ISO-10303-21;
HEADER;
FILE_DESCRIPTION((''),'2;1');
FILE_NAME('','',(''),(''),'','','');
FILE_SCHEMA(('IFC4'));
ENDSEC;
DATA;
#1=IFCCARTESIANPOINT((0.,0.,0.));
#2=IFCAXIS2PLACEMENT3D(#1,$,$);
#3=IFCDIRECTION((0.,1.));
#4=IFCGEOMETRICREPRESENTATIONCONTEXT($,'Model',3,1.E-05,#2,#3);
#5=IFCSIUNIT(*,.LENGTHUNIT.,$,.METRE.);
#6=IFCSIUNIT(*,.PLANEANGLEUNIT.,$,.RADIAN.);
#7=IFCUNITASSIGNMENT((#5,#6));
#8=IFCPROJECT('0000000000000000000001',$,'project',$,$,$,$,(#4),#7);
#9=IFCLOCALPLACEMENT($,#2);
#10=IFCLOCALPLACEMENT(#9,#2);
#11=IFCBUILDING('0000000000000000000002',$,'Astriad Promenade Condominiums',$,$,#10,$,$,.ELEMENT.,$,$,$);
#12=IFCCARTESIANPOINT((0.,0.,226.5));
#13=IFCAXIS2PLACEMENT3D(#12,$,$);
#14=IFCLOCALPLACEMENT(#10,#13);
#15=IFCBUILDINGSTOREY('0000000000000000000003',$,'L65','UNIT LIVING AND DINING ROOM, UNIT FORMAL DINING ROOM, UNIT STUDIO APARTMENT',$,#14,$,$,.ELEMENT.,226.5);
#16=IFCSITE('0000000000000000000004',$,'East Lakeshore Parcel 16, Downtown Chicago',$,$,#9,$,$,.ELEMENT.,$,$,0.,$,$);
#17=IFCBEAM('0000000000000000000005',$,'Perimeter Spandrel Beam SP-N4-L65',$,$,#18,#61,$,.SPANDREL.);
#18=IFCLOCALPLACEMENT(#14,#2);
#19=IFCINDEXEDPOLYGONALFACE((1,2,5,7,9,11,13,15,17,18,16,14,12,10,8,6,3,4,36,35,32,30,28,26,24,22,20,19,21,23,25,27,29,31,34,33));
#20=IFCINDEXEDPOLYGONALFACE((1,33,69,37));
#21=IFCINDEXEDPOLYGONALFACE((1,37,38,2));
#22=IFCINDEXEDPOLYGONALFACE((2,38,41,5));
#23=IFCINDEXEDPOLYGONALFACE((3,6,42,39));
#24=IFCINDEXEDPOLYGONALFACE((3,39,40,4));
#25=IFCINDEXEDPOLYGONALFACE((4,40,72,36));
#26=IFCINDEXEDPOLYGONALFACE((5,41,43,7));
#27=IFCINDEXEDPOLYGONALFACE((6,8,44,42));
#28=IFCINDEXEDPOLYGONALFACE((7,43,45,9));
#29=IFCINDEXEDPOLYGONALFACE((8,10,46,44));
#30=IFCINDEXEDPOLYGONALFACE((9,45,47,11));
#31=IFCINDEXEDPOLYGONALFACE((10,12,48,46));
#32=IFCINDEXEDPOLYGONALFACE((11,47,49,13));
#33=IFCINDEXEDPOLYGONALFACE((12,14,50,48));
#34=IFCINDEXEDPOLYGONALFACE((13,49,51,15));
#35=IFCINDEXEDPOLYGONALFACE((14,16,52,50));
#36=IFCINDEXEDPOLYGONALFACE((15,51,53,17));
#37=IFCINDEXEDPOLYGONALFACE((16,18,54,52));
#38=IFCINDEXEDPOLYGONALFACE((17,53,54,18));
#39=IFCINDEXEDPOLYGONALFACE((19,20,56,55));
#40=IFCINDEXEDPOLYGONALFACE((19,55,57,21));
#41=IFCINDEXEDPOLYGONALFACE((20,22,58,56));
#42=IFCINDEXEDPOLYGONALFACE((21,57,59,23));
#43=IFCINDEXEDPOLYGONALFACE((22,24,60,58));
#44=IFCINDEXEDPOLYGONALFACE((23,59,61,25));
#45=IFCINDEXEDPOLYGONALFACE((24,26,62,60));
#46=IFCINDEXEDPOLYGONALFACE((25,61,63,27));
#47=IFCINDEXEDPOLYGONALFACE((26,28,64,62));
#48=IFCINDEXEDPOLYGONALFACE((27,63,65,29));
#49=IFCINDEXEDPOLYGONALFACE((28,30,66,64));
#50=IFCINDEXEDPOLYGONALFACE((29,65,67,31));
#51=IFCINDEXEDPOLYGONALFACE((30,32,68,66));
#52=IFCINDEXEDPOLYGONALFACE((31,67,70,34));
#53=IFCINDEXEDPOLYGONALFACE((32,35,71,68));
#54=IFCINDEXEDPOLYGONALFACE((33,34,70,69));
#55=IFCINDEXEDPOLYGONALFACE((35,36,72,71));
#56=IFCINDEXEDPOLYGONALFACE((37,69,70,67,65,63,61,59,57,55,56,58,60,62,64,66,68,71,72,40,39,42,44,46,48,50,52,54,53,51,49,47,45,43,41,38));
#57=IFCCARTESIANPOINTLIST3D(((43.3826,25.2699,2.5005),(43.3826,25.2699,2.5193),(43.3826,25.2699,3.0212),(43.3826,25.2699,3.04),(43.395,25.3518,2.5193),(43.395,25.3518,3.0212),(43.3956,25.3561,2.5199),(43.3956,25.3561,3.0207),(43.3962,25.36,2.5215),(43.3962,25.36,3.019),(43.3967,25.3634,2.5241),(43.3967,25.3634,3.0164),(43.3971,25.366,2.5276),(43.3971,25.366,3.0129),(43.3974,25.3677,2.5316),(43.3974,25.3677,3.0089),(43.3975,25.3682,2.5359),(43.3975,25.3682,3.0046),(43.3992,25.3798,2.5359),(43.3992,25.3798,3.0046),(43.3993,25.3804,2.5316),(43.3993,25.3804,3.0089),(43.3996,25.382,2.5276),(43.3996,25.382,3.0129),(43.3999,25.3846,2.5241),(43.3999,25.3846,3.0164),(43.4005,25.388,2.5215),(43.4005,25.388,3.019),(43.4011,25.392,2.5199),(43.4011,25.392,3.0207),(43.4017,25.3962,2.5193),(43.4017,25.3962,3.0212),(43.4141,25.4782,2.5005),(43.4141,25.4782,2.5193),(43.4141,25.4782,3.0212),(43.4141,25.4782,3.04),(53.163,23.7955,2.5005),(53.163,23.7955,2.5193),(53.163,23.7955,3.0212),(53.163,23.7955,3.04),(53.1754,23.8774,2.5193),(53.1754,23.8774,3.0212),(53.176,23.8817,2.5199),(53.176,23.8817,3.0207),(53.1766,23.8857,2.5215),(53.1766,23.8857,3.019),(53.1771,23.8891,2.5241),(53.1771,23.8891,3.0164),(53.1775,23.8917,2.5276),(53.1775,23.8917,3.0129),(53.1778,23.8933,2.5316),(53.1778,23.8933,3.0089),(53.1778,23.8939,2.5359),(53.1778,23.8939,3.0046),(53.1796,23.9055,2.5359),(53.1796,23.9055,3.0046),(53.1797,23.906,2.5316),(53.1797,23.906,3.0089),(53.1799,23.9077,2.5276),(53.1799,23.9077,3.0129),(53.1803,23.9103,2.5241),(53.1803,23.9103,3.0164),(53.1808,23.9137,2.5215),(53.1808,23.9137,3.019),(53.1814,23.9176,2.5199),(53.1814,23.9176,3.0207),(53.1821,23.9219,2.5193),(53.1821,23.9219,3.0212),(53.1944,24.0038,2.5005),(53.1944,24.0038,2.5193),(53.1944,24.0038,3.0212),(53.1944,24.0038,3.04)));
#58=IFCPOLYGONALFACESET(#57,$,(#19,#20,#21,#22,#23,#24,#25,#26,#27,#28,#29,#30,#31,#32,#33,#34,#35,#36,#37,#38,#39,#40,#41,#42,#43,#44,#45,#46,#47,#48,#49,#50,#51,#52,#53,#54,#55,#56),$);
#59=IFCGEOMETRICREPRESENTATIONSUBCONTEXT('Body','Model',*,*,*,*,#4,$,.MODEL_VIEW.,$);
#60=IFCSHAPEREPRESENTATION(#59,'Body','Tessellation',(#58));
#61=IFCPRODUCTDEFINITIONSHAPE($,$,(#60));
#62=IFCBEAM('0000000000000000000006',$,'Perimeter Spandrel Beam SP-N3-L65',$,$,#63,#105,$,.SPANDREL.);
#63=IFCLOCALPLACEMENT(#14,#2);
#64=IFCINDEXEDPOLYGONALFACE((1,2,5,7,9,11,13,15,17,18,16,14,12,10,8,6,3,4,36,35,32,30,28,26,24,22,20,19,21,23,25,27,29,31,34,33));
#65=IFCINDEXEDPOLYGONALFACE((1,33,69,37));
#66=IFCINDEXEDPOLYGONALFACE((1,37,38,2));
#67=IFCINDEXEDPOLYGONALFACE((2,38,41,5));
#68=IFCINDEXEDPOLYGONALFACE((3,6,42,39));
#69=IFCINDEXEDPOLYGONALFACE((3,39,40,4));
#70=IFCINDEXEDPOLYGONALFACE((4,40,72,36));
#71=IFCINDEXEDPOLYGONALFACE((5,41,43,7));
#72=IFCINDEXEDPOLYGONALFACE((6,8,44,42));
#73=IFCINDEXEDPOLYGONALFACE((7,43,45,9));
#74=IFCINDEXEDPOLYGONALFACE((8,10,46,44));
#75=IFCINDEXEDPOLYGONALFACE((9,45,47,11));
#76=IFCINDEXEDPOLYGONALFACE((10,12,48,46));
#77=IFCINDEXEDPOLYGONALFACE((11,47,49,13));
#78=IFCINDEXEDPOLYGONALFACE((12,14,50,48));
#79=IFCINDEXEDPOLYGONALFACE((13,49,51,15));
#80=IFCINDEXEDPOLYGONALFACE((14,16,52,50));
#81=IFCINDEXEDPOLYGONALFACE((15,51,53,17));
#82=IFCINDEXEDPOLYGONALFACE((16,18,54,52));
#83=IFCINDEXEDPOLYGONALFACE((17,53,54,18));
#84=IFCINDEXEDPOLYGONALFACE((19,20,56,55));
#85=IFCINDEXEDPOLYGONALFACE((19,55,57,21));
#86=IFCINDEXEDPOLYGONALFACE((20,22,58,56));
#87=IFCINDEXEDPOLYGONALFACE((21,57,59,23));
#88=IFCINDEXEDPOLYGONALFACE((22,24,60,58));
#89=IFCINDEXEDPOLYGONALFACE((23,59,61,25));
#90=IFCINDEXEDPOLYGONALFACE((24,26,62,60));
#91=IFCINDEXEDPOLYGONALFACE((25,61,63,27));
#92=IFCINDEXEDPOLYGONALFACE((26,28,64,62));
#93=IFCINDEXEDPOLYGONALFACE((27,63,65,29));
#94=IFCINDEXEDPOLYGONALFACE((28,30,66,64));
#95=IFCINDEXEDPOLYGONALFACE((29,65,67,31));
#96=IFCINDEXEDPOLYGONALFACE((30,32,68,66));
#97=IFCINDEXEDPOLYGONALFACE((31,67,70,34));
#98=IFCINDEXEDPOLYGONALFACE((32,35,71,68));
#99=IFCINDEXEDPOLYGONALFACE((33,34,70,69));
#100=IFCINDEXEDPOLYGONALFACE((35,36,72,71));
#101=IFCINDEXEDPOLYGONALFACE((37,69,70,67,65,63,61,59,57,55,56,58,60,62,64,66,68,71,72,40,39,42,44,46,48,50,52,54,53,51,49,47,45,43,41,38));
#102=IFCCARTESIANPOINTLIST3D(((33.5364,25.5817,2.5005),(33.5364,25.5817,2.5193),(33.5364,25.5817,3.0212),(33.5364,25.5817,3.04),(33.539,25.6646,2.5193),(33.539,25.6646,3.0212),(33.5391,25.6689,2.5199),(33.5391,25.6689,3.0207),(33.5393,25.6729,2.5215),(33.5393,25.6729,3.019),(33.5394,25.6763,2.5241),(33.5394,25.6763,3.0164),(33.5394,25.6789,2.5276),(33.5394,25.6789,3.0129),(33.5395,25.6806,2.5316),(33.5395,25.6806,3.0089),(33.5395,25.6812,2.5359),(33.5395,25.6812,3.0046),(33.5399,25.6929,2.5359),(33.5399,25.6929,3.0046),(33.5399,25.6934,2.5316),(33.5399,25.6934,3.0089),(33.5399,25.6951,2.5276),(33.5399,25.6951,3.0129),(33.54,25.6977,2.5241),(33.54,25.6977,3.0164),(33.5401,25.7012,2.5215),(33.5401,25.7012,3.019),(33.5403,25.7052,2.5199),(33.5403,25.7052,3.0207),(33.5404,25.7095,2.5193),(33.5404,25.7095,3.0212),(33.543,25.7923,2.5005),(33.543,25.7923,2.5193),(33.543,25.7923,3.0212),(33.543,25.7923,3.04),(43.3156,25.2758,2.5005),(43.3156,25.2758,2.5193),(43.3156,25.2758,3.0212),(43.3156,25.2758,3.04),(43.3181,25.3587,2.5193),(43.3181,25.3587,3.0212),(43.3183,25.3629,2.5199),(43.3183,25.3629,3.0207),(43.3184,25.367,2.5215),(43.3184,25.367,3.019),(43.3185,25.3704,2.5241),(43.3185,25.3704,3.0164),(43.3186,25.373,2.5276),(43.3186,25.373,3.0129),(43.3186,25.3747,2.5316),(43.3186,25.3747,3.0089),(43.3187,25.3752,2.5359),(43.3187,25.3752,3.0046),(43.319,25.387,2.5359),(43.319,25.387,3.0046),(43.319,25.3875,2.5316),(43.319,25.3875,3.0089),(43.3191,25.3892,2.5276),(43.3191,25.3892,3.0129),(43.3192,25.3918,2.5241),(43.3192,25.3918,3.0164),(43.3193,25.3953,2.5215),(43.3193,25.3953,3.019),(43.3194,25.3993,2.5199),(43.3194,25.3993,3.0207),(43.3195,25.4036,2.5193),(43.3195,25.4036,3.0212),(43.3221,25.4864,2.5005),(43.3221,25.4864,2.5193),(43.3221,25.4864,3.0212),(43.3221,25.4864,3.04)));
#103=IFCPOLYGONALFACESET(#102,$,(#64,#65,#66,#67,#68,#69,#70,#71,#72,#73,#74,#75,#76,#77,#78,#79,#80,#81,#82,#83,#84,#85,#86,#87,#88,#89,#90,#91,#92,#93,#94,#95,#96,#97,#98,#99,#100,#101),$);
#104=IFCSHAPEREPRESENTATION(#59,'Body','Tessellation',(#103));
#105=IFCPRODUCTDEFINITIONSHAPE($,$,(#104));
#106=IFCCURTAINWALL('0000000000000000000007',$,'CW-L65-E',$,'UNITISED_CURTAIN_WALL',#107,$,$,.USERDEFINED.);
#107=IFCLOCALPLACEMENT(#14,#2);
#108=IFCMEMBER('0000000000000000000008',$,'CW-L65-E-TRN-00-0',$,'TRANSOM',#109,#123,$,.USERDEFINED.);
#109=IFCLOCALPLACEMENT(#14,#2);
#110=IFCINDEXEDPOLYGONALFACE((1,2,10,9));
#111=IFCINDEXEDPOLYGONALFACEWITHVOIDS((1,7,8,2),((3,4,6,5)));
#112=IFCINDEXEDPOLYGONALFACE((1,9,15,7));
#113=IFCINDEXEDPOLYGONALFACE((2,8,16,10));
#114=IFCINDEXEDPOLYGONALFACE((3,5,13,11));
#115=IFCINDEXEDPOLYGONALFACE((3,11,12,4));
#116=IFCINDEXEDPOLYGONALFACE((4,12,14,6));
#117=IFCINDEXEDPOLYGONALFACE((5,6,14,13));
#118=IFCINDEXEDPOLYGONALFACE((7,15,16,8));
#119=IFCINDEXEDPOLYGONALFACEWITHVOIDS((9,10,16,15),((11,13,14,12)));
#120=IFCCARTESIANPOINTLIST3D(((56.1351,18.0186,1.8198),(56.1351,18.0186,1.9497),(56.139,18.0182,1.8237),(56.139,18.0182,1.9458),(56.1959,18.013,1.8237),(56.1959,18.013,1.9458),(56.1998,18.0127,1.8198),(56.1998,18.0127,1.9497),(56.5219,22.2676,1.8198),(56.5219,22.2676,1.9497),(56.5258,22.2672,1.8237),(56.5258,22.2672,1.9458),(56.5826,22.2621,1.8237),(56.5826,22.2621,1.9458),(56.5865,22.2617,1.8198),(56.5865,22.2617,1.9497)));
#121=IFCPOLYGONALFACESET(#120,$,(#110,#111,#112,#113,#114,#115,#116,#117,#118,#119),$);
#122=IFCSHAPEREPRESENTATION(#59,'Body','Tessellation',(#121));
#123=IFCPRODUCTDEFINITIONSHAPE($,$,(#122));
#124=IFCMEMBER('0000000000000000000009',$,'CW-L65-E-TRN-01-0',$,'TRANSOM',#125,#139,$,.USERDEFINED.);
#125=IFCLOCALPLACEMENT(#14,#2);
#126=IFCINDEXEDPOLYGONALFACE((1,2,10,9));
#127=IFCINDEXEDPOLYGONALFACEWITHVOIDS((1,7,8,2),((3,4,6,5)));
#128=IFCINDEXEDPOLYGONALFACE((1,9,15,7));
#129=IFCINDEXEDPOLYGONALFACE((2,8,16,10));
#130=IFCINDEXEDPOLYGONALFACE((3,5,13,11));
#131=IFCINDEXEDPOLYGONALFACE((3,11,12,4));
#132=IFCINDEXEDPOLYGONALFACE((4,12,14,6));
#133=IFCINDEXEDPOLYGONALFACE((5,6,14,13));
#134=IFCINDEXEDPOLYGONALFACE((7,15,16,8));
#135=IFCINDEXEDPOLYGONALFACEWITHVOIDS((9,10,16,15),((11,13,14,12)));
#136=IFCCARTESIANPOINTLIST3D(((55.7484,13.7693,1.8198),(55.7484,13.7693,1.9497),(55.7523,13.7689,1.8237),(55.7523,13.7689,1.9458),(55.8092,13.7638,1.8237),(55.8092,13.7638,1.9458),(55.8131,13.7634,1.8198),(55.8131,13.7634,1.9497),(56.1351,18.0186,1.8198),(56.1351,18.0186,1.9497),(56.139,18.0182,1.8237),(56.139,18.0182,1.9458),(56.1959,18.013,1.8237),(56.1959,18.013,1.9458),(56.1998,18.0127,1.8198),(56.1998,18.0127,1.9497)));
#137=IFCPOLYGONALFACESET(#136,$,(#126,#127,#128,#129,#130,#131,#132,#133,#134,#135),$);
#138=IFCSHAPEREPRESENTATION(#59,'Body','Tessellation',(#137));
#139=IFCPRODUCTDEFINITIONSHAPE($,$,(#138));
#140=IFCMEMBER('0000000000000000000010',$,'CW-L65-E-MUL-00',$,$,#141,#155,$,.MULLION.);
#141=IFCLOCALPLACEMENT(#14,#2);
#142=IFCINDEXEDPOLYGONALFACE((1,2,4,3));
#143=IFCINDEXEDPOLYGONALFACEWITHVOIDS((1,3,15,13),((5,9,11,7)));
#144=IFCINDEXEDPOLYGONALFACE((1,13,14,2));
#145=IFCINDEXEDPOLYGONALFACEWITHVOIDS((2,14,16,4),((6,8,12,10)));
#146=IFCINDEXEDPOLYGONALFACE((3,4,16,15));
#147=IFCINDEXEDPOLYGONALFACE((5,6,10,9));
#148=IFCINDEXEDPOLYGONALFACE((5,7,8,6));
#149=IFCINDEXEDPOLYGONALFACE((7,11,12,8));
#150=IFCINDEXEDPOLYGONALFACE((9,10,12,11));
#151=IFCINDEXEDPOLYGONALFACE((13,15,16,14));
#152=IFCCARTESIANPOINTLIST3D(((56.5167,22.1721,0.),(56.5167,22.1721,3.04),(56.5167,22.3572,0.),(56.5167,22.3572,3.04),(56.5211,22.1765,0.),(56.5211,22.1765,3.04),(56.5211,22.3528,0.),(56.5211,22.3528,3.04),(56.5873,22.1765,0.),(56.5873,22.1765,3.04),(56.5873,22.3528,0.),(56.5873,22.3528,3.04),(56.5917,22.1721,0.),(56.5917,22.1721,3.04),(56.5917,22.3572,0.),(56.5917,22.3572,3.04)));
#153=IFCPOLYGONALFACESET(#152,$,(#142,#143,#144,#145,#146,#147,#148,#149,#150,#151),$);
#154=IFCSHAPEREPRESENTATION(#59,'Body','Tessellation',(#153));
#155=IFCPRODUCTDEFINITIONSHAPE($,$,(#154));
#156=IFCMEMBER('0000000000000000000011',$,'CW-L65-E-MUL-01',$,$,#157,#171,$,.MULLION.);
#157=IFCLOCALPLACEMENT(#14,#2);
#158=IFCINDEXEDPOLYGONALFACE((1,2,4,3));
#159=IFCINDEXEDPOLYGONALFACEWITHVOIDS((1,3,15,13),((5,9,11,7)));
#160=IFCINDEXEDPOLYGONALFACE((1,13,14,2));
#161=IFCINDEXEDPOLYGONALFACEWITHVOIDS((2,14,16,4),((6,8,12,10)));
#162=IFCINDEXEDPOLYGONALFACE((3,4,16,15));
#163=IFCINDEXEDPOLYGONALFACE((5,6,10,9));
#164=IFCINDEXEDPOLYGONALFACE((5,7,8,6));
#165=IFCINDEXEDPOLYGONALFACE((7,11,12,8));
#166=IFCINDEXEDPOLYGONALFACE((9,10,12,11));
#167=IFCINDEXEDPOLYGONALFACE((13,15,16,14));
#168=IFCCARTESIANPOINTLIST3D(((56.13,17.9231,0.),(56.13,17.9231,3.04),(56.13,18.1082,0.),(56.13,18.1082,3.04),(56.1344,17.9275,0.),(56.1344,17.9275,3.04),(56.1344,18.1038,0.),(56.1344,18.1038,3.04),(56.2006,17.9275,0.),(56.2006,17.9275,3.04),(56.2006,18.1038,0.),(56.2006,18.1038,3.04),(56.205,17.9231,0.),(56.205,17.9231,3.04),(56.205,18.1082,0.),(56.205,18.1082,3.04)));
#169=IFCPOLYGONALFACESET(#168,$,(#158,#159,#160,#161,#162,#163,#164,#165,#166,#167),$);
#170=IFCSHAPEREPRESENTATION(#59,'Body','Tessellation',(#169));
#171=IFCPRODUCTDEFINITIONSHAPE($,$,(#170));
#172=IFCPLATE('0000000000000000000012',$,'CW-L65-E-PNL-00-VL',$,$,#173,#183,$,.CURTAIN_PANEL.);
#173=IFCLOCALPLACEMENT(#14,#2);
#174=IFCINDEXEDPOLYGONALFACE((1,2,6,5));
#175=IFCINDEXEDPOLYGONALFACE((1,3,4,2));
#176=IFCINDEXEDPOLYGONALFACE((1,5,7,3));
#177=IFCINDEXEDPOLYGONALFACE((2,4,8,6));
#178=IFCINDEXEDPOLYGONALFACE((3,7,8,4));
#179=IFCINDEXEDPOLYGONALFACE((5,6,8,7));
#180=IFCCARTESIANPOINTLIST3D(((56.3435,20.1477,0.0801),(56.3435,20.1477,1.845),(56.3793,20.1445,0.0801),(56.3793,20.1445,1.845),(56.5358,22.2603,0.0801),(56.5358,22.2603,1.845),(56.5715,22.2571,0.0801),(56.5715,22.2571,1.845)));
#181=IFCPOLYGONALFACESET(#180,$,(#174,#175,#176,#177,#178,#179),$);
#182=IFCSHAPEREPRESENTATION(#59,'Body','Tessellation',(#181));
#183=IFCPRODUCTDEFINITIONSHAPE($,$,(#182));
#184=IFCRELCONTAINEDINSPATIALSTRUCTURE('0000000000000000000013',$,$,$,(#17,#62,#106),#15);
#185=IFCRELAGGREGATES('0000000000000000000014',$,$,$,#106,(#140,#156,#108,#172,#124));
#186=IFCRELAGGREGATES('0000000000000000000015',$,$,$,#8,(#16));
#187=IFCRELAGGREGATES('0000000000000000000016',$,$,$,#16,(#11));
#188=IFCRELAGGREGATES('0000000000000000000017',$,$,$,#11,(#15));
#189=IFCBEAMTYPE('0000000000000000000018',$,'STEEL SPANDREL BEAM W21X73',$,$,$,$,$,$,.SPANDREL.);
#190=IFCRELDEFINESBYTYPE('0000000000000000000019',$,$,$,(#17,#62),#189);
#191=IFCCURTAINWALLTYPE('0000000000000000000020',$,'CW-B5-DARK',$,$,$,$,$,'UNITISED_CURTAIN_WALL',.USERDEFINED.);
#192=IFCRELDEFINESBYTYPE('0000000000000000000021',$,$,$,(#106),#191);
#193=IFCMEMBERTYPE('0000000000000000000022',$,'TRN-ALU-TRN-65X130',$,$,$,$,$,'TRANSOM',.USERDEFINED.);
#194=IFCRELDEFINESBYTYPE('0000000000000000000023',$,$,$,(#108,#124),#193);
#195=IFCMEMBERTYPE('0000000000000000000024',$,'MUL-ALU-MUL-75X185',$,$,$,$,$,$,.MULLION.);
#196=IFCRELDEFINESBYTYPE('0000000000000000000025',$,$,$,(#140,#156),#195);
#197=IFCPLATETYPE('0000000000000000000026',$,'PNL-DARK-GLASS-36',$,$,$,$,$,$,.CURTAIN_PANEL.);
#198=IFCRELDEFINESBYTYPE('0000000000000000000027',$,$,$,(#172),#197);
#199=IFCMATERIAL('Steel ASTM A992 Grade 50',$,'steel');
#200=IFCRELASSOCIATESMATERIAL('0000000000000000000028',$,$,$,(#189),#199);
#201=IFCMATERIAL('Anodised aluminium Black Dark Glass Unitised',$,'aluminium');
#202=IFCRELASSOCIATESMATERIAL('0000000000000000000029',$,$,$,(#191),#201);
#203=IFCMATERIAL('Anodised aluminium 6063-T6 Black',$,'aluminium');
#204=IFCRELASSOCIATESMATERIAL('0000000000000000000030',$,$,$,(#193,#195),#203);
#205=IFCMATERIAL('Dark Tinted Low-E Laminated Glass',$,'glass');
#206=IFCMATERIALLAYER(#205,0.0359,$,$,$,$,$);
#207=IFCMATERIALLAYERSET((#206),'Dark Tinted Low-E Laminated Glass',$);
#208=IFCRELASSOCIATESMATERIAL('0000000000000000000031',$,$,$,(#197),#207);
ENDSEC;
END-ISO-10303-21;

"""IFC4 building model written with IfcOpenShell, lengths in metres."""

from ifc_helpers import new_model, si_unit, direction, frame, origin, origin_2d, place, context, subcontext, project, spatial, rectangle, hollow_rectangle, i_section, extrude, source, transform, mapped, material, layer, layer_set, material_profile, profile_set, type_object, type_shapes, element, aggregate, save


model = new_model("IFC4")

# Units and contexts
model_context = context("Model", 3, precision=1e-05, world=origin(), true_north=direction((0.0, 1.0)))
body_context = subcontext(model_context, "Body", "Model", "MODEL_VIEW")
ifc_project = project(units=[si_unit("LENGTHUNIT", "METRE"), si_unit("PLANEANGLEUNIT", "RADIAN")], contexts=[model_context])

# Site, building, storey
site_placement = place(None, origin())
site = spatial("IfcSite", under=ifc_project, at=site_placement, Name="East Lakeshore Parcel 16, Downtown Chicago", CompositionType="ELEMENT", RefElevation=0.0)
building_placement = place(site_placement, origin())
building = spatial("IfcBuilding", under=site, at=building_placement, Name="Astriad Promenade Condominiums", CompositionType="ELEMENT")
storey_placement = place(building_placement, frame((0.0, 0.0, 226.5)))
storey = spatial("IfcBuildingStorey", under=building, at=storey_placement, Name="L65", Description="UNIT LIVING AND DINING ROOM, UNIT FORMAL DINING ROOM, UNIT STUDIO APARTMENT", CompositionType="ELEMENT", Elevation=226.5)

# Shared definitions
ifc_material_1 = material(Name="Steel ASTM A992 Grade 50", Category="steel")

# Beams
ifc_material_profile_1 = material_profile(ifc_material_1, i_section(OverallWidth=0.2107, OverallDepth=0.5396, WebThickness=0.0117, FlangeThickness=0.0188, FilletRadius=0.0166, at=origin_2d()), Name="W21X73")
ifc_profile_set_1 = profile_set([ifc_material_profile_1], Name="Steel ASTM A992 Grade 50")
beam_type_1 = type_object("IfcBeamType", Name="STEEL SPANDREL BEAM W21X73", PredefinedType="SPANDREL", material=ifc_profile_set_1)
shared_shape_1 = source(origin(), body_context, "Body", "SweptSolid", [
    extrude(i_section(OverallWidth=0.2107, OverallDepth=0.5396, WebThickness=0.0117, FlangeThickness=0.0188, FilletRadius=0.0166, at=origin_2d()), origin(), (0.0, 0.0, 1.0), 9.8909),
])
beam_1_placement = place(storey_placement, frame((53.1787, 23.8997, 2.7703), z_axis=(-0.988827, 0.149065, 0.0), x_axis=(-0.149065, -0.988827, 0.0)))
element("IfcBeam", 1, at=beam_1_placement, inside=storey, type_object=beam_type_1, Name="Perimeter Spandrel Beam SP-N4-L65", PredefinedType="SPANDREL", context=body_context, shape_type="MappedRepresentation", body=[
    mapped(shared_shape_1, transform((0.0, 0.0, 0.0), scale=1.0)),
])
shared_shape_2 = source(origin(), body_context, "Body", "SweptSolid", [
    extrude(i_section(OverallWidth=0.2107, OverallDepth=0.5396, WebThickness=0.0117, FlangeThickness=0.0188, FilletRadius=0.0166, at=origin_2d()), origin(), (0.0, 0.0, 1.0), 9.7839),
])
type_shapes(beam_type_1, [shared_shape_1, shared_shape_2])
beam_2_placement = place(storey_placement, frame((43.3188, 25.3811, 2.7703), z_axis=(-0.999511, 0.031267, 0.0), x_axis=(-0.031267, -0.999511, 0.0)))
element("IfcBeam", 2, at=beam_2_placement, inside=storey, type_object=beam_type_1, Name="Perimeter Spandrel Beam SP-N3-L65", PredefinedType="SPANDREL", context=body_context, shape_type="MappedRepresentation", body=[
    mapped(shared_shape_2, transform((0.0, 0.0, 0.0), scale=1.0)),
])

# Curtain wall, members, plate
ifc_material_2 = material(Name="Anodised aluminium Black Dark Glass Unitised", Category="aluminium")
curtain_wall_type = type_object("IfcCurtainWallType", Name="CW-B5-DARK", ElementType="UNITISED_CURTAIN_WALL", PredefinedType="USERDEFINED", material=ifc_material_2)
curtain_wall_placement = place(storey_placement, origin())
curtain_wall = element("IfcCurtainWall", 3, at=curtain_wall_placement, inside=storey, type_object=curtain_wall_type, Name="CW-L65-E", ObjectType="UNITISED_CURTAIN_WALL", PredefinedType="USERDEFINED")
ifc_material_3 = material(Name="Anodised aluminium 6063-T6 Black", Category="aluminium")
ifc_material_profile_2 = material_profile(ifc_material_3, hollow_rectangle(XDim=0.0649, YDim=0.1299, WallThickness=0.0039, at=origin_2d()), Name="ALU-TRN-65X130")
ifc_profile_set_2 = profile_set([ifc_material_profile_2], Name="Anodised aluminium 6063-T6 Black")
member_type_1 = type_object("IfcMemberType", Name="TRN-ALU-TRN-65X130", ElementType="TRANSOM", PredefinedType="USERDEFINED", material=ifc_profile_set_2)
shared_shape_3 = source(origin(), body_context, "Body", "SweptSolid", [
    extrude(hollow_rectangle(XDim=0.0649, YDim=0.1299, WallThickness=0.0039, at=origin_2d()), origin(), (0.0, 0.0, 1.0), 4.2666),
])
member_1_placement = place(storey_placement, frame((56.5542, 22.2646, 1.8848), z_axis=(-0.090639, -0.995884, 0.0), x_axis=(0.995884, -0.090639, 0.0)))
member_1 = element("IfcMember", 4, at=member_1_placement, type_object=member_type_1, Name="CW-L65-E-TRN-00-0", ObjectType="TRANSOM", PredefinedType="USERDEFINED", context=body_context, shape_type="MappedRepresentation", body=[
    mapped(shared_shape_3, transform((0.0, 0.0, 0.0), scale=1.0)),
])
shared_shape_4 = source(origin(), body_context, "Body", "SweptSolid", [
    extrude(hollow_rectangle(XDim=0.0649, YDim=0.1299, WallThickness=0.0039, at=origin_2d()), origin(), (0.0, 0.0, 1.0), 4.2668),
])
type_shapes(member_type_1, [shared_shape_3, shared_shape_4])
member_2_placement = place(storey_placement, frame((56.1675, 18.0156, 1.8848), z_axis=(-0.090634, -0.995884, 0.0), x_axis=(0.995884, -0.090634, 0.0)))
member_2 = element("IfcMember", 5, at=member_2_placement, type_object=member_type_1, Name="CW-L65-E-TRN-01-0", ObjectType="TRANSOM", PredefinedType="USERDEFINED", context=body_context, shape_type="MappedRepresentation", body=[
    mapped(shared_shape_4, transform((0.0, 0.0, 0.0), scale=1.0)),
])
ifc_material_profile_3 = material_profile(ifc_material_3, hollow_rectangle(XDim=0.075, YDim=0.1851, WallThickness=0.0044, at=origin_2d()), Name="ALU-MUL-75X185")
ifc_profile_set_3 = profile_set([ifc_material_profile_3], Name="Anodised aluminium 6063-T6 Black")
member_type_2 = type_object("IfcMemberType", Name="MUL-ALU-MUL-75X185", PredefinedType="MULLION", material=ifc_profile_set_3)
shared_shape_5 = source(origin(), body_context, "Body", "SweptSolid", [
    extrude(hollow_rectangle(XDim=0.075, YDim=0.1851, WallThickness=0.0044, at=origin_2d()), origin(), (0.0, 0.0, 1.0), 3.04),
])
type_shapes(member_type_2, [shared_shape_5])
member_3_placement = place(storey_placement, frame((56.5542, 22.2646, 0.0), z_axis=(0.0, 0.0, 1.0), x_axis=(1.0, 0.0, 0.0)))
member_3 = element("IfcMember", 6, at=member_3_placement, type_object=member_type_2, Name="CW-L65-E-MUL-00", PredefinedType="MULLION", context=body_context, shape_type="MappedRepresentation", body=[
    mapped(shared_shape_5, transform((0.0, 0.0, 0.0), scale=1.0)),
])
member_4_placement = place(storey_placement, frame((56.1675, 18.0156, 0.0), z_axis=(0.0, 0.0, 1.0), x_axis=(1.0, 0.0, 0.0)))
member_4 = element("IfcMember", 7, at=member_4_placement, type_object=member_type_2, Name="CW-L65-E-MUL-01", PredefinedType="MULLION", context=body_context, shape_type="MappedRepresentation", body=[
    mapped(shared_shape_5, transform((0.0, 0.0, 0.0), scale=1.0)),
])
ifc_material_4 = material(Name="Dark Tinted Low-E Laminated Glass", Category="glass")
ifc_layer_1 = layer(ifc_material_4, 0.0359)
ifc_layer_set_1 = layer_set([ifc_layer_1], Name="Dark Tinted Low-E Laminated Glass")
plate_type = type_object("IfcPlateType", Name="PNL-DARK-GLASS-36", PredefinedType="CURTAIN_PANEL", material=ifc_layer_set_1)
shared_shape_6 = source(origin(), body_context, "Body", "SweptSolid", [
    extrude(rectangle(XDim=2.1213, YDim=0.0359, at=origin_2d()), origin(), (0.0, 0.0, 1.0), 1.7649),
])
plate_1_placement = place(storey_placement, frame((56.4575, 21.2024, 0.0801), z_axis=(0.0, 0.0, 1.0), x_axis=(-0.090633, -0.995884, 0.0)))
plate_1 = element("IfcPlate", 8, at=plate_1_placement, type_object=plate_type, Name="CW-L65-E-PNL-00-VL", PredefinedType="CURTAIN_PANEL", context=body_context, shape_type="MappedRepresentation", body=[
    mapped(shared_shape_6, transform((0.0, 0.0, 0.0), scale=1.0)),
])
aggregate(curtain_wall, [member_3, member_4, member_1, plate_1, member_2])

save(model, "model.ifc")
